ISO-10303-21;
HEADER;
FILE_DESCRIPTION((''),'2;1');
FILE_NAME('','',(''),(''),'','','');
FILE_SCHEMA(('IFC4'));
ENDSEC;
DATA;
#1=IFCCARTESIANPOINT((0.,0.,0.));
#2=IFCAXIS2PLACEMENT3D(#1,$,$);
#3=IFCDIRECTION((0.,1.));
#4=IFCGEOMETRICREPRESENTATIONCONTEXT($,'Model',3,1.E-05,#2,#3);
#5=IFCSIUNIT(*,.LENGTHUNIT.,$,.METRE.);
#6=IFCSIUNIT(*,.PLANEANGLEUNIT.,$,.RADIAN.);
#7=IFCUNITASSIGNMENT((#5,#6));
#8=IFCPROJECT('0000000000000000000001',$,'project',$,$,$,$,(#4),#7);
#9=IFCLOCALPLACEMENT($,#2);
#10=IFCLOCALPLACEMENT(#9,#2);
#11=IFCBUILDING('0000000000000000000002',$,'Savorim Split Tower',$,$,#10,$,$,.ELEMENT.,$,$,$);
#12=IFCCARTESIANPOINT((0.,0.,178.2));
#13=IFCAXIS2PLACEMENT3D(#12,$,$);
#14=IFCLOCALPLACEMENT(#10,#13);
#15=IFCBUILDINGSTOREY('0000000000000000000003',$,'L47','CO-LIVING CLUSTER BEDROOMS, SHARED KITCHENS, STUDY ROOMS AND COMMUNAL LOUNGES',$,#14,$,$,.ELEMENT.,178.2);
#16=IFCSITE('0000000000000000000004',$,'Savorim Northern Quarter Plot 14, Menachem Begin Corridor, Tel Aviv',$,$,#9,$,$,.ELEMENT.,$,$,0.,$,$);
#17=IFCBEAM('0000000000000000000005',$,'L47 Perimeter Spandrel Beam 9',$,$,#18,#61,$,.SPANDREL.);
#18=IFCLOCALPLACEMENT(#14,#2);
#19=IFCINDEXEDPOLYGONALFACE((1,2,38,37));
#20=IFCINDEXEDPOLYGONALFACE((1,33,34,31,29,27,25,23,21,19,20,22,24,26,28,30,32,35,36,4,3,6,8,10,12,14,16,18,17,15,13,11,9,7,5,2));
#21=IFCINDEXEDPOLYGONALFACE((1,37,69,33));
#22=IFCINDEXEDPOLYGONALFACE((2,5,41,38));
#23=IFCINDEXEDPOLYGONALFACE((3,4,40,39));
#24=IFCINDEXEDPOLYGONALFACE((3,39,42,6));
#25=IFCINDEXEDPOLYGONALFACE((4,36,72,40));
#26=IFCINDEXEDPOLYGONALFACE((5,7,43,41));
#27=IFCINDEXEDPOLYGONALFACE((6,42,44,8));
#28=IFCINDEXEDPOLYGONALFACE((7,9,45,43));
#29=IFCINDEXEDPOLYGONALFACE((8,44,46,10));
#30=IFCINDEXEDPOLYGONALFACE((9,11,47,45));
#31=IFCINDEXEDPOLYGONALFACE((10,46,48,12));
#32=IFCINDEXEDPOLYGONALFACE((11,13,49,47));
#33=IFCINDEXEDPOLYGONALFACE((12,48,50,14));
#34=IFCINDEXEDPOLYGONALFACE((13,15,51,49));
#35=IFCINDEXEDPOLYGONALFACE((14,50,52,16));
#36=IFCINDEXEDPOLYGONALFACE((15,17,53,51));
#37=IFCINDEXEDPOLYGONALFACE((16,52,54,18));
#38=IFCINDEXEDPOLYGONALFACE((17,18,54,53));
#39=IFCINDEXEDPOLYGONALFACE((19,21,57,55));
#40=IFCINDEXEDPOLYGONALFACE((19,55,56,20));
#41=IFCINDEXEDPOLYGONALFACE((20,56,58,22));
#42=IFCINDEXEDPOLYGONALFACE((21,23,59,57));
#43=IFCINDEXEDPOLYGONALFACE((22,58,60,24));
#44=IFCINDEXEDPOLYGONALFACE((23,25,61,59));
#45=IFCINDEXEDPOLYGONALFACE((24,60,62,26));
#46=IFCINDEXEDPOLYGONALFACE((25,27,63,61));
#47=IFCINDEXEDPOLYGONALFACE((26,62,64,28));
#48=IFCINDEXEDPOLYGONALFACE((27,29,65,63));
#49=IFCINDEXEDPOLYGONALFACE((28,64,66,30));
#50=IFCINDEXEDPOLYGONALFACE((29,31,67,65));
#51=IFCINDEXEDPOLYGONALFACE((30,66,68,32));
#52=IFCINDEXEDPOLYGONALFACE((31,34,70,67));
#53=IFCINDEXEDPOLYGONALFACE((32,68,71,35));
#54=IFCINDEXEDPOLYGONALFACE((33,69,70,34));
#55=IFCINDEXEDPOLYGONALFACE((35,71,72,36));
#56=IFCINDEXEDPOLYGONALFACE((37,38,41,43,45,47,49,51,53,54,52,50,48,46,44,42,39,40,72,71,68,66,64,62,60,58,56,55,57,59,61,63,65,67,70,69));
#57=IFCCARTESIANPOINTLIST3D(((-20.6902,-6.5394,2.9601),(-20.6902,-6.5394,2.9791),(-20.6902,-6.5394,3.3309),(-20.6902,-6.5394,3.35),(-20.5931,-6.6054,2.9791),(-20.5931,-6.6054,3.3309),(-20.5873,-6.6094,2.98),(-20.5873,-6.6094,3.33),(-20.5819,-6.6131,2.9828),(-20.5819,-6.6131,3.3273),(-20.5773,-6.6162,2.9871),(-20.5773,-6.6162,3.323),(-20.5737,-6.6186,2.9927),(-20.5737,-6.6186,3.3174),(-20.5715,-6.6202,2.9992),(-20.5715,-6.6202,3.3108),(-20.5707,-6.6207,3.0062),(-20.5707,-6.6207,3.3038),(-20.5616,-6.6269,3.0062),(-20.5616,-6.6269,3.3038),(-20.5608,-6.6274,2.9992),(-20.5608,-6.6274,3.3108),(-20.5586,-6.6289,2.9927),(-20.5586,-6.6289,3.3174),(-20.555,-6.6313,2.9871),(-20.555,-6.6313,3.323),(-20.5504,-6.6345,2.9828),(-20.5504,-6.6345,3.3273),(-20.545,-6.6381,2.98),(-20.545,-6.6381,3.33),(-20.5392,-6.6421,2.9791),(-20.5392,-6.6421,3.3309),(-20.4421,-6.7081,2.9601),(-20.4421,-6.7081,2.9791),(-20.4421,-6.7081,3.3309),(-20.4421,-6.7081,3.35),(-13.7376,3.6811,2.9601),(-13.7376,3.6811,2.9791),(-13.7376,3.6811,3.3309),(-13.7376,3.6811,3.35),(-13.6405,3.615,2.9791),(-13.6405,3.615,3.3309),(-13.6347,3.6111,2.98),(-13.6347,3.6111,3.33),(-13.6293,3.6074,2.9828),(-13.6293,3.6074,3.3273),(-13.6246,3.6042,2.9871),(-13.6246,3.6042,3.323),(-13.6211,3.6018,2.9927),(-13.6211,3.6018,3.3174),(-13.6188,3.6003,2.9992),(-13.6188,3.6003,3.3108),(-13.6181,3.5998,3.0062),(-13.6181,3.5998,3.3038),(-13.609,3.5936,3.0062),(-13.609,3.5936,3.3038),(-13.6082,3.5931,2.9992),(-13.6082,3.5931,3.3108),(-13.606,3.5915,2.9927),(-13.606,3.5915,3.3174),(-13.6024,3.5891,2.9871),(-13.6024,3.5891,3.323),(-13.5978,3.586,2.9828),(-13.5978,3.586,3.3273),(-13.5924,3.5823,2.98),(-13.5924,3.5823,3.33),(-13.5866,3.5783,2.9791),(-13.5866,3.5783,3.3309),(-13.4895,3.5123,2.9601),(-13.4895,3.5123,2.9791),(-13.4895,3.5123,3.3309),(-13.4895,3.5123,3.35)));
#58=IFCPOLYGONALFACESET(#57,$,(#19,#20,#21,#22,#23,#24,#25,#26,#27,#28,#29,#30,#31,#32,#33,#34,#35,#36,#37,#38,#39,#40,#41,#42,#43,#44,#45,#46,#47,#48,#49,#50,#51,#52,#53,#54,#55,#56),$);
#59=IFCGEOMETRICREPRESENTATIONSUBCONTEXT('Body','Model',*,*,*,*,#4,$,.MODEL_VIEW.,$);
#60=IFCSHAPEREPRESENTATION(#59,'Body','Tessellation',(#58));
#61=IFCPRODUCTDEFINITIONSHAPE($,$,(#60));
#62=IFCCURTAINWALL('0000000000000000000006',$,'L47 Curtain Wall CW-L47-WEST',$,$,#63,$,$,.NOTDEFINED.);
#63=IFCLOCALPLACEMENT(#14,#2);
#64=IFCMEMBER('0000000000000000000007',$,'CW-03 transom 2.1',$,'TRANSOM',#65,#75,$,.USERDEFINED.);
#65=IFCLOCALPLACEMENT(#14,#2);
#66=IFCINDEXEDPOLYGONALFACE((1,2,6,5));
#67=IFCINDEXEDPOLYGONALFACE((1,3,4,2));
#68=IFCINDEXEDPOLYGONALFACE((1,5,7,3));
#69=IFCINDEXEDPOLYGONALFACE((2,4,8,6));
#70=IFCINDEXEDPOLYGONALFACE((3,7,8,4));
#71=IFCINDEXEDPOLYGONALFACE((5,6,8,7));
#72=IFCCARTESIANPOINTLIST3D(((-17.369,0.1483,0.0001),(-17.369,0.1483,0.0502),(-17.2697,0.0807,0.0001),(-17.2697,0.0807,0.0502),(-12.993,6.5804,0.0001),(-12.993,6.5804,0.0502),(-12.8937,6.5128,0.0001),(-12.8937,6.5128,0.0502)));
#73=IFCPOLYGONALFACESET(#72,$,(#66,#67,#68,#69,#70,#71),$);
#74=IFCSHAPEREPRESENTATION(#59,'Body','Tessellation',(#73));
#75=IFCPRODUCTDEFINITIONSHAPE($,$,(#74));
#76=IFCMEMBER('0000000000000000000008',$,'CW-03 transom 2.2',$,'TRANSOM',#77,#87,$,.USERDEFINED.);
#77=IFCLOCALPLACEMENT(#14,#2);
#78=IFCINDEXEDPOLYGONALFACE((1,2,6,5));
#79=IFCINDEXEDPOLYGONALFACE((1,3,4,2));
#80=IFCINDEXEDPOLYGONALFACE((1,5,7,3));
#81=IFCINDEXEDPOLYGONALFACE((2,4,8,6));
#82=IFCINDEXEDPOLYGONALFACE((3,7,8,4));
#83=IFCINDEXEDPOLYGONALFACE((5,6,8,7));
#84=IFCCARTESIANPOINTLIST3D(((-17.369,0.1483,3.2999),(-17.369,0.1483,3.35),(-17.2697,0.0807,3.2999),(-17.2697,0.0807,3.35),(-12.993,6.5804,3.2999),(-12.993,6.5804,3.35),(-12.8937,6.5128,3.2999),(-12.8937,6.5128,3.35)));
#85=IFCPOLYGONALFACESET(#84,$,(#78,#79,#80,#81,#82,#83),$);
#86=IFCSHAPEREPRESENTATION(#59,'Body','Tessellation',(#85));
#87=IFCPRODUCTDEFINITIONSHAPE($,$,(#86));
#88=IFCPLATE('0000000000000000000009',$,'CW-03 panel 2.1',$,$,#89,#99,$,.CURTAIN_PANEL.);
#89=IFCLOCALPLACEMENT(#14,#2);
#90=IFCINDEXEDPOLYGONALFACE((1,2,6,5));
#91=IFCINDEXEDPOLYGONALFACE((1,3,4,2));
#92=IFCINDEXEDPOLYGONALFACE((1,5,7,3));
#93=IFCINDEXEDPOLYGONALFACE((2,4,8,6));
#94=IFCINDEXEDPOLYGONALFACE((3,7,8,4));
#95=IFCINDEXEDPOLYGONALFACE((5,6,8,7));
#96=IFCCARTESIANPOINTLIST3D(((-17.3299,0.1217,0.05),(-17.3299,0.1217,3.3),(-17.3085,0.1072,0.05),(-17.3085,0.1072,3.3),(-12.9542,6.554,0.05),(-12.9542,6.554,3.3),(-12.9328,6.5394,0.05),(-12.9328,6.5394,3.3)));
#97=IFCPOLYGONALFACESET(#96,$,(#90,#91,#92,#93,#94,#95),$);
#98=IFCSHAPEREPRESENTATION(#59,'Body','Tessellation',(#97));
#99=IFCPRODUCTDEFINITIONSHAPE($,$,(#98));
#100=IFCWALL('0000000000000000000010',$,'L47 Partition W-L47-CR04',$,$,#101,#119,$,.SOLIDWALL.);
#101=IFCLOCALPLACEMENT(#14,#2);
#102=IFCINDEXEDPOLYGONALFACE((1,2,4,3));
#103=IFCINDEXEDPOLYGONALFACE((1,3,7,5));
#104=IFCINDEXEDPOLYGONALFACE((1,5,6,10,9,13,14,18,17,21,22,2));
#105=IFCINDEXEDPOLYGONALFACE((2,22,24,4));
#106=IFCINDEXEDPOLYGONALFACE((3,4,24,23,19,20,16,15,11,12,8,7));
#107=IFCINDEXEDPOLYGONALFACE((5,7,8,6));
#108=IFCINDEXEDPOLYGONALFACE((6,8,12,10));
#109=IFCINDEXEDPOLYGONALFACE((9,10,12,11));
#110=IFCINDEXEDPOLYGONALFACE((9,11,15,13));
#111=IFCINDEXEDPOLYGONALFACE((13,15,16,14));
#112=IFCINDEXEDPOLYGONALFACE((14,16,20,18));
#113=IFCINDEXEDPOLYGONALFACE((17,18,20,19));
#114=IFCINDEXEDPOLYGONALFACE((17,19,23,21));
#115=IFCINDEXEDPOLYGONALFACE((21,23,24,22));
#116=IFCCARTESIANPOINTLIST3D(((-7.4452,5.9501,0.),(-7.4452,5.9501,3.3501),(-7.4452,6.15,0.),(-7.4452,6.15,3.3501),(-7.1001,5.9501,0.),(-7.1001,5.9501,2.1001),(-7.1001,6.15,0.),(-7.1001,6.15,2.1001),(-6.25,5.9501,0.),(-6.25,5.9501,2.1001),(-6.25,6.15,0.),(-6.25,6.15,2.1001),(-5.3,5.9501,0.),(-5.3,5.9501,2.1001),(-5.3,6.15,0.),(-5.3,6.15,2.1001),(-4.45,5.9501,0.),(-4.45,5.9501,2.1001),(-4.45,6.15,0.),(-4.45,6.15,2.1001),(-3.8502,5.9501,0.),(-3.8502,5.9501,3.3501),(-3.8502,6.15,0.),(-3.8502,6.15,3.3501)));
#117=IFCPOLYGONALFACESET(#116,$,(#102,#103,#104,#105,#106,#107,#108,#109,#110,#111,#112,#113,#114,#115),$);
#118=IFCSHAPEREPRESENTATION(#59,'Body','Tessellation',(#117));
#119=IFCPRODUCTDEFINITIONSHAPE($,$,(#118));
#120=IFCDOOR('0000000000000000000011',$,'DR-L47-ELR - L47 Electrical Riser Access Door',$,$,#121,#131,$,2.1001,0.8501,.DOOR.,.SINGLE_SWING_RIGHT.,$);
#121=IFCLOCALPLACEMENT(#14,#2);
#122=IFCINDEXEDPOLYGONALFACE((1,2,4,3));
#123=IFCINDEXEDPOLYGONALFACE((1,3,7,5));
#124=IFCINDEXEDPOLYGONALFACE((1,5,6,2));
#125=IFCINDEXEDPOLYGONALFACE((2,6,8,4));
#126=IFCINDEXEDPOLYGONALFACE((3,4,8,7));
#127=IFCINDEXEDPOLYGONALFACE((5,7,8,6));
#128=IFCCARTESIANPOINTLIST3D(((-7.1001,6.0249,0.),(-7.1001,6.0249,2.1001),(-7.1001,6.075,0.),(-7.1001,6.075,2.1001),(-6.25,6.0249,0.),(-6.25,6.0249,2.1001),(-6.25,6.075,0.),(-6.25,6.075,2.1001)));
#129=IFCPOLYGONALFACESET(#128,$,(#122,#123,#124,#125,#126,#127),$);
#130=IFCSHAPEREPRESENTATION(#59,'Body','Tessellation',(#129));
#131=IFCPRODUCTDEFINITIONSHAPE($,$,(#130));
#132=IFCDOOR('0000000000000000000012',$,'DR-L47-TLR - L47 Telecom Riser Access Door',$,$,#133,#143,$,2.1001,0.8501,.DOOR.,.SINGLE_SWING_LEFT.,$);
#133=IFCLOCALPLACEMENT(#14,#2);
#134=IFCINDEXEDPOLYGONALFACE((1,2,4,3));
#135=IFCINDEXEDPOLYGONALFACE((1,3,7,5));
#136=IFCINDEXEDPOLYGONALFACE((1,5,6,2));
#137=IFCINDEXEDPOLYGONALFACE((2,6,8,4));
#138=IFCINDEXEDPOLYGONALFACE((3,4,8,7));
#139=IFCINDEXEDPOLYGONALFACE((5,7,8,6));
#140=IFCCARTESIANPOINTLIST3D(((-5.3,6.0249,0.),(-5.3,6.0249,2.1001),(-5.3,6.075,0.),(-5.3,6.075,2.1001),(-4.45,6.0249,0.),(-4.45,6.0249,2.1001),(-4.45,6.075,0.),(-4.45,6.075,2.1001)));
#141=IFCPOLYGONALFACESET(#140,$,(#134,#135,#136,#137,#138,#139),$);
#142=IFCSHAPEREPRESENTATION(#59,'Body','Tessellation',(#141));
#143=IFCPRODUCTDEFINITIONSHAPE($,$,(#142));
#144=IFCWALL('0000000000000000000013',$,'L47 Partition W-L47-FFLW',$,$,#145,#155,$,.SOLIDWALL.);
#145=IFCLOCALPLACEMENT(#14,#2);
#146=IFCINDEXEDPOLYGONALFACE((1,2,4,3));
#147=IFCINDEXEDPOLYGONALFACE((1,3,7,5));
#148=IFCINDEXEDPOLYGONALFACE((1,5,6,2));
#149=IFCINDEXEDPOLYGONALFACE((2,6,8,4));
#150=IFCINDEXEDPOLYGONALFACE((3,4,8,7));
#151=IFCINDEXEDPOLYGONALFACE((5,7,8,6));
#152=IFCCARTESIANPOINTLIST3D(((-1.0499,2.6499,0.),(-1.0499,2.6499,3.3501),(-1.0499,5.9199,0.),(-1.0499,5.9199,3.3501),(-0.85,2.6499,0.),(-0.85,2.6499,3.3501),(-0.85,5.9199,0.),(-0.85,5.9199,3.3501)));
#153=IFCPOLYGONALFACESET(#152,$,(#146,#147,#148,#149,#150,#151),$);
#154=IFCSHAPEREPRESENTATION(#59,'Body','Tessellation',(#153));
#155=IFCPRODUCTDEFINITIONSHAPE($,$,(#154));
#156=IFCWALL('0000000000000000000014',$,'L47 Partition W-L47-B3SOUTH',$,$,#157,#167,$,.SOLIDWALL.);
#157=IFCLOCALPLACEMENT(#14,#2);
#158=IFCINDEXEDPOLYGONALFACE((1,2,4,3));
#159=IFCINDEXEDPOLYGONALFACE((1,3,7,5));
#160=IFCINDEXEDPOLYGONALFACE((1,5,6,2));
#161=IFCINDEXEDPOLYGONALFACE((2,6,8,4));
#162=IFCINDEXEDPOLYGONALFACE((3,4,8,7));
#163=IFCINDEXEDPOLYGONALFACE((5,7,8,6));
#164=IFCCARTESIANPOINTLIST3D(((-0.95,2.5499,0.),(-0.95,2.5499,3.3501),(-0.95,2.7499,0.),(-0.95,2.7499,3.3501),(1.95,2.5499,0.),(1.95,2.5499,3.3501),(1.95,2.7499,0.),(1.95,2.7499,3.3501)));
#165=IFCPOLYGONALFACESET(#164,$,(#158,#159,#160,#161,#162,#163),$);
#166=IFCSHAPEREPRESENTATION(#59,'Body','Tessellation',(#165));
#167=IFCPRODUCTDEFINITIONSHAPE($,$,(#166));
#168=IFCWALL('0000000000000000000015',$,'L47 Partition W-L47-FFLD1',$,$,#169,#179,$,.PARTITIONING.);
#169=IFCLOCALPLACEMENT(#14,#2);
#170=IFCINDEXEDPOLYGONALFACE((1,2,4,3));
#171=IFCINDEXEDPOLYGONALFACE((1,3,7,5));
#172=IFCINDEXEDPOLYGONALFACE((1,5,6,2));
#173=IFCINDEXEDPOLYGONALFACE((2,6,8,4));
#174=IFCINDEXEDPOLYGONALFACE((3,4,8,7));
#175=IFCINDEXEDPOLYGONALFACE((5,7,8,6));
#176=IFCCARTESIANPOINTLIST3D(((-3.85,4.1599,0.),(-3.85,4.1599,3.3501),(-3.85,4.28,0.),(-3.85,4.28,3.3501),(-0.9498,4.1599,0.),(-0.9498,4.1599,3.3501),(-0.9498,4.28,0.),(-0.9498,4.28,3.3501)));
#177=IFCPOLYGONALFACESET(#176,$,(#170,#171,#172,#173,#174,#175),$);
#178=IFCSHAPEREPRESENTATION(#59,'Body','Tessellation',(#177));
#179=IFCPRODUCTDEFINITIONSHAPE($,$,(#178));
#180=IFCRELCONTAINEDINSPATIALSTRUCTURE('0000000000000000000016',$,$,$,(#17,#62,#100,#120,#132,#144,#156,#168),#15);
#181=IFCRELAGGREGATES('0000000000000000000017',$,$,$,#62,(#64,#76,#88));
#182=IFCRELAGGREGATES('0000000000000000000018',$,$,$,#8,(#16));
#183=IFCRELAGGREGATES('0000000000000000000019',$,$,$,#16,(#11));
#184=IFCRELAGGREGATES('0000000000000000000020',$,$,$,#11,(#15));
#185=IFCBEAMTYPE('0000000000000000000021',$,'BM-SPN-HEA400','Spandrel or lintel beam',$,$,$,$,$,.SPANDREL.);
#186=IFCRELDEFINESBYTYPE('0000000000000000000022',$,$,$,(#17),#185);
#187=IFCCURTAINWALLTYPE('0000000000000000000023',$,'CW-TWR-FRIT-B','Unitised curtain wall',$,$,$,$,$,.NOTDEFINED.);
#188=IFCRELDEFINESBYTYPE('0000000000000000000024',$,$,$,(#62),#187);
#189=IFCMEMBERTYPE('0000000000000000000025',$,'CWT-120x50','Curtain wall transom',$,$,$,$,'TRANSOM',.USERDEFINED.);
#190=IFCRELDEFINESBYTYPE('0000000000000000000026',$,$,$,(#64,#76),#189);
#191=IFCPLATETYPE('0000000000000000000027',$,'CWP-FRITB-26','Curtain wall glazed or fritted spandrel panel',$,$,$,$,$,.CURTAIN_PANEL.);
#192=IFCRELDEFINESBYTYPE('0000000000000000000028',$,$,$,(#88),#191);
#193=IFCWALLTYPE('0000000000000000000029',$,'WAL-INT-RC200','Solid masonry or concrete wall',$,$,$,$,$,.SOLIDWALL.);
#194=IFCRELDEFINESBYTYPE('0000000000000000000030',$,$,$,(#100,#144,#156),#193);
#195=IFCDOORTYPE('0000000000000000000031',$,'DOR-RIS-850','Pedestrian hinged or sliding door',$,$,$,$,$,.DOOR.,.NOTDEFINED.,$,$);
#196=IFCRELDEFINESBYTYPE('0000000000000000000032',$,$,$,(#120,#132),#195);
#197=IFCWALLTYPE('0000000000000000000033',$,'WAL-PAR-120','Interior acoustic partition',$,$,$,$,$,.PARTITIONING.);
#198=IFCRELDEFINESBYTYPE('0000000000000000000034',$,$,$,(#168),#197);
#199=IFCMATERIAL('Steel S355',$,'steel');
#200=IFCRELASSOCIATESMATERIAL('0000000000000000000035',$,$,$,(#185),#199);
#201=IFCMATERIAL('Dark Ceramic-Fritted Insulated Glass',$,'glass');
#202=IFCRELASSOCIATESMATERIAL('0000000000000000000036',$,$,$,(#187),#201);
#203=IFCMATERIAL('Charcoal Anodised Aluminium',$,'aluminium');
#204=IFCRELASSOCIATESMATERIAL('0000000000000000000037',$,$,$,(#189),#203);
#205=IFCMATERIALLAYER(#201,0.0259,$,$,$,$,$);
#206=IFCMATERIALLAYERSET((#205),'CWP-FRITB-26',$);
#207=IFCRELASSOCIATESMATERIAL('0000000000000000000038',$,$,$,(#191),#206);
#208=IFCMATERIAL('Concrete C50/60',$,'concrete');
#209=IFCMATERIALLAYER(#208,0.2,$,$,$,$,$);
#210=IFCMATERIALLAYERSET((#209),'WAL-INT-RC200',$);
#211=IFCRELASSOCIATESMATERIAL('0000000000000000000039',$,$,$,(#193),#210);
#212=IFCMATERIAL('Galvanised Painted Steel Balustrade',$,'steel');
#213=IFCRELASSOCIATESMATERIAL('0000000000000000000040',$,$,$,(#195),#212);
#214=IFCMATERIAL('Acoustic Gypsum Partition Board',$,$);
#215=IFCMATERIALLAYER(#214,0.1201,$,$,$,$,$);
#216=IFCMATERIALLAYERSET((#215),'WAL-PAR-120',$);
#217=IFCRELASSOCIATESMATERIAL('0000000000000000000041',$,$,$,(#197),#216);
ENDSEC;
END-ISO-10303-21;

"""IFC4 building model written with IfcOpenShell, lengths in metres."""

from ifc_helpers import new_model, si_unit, direction, frame, frame_2d, origin, origin_2d, place, context, subcontext, project, spatial, rectangle, i_section, extrude, material, layer, layer_set, material_profile, profile_set, type_object, element, fill, aggregate, save


model = new_model("IFC4")

# Units and contexts
model_context = context("Model", 3, precision=1e-05, world=origin(), true_north=direction((0.0, 1.0)))
body_context = subcontext(model_context, "Body", "Model", "MODEL_VIEW")
ifc_project = project(units=[si_unit("LENGTHUNIT", "METRE"), si_unit("PLANEANGLEUNIT", "RADIAN")], contexts=[model_context])

# Site, building, storey
site_placement = place(None, origin())
site = spatial("IfcSite", under=ifc_project, at=site_placement, Name="Savorim Northern Quarter Plot 14, Menachem Begin Corridor, Tel Aviv", CompositionType="ELEMENT", RefElevation=0.0)
building_placement = place(site_placement, origin())
building = spatial("IfcBuilding", under=site, at=building_placement, Name="Savorim Split Tower", CompositionType="ELEMENT")
storey_placement = place(building_placement, frame((0.0, 0.0, 178.2)))
storey = spatial("IfcBuildingStorey", under=building, at=storey_placement, Name="L47", Description="CO-LIVING CLUSTER BEDROOMS, SHARED KITCHENS, STUDY ROOMS AND COMMUNAL LOUNGES", CompositionType="ELEMENT", Elevation=178.2)

# Beam
ifc_material_1 = material(Name="Steel S355", Category="steel")
ifc_material_profile_1 = material_profile(ifc_material_1, i_section(OverallWidth=0.3, OverallDepth=0.3899, WebThickness=0.011, FlangeThickness=0.019, FilletRadius=0.0271, at=origin_2d()), Name="HEA 400")
ifc_profile_set_1 = profile_set([ifc_material_profile_1], Name="Steel S355")
beam_type_1 = type_object("IfcBeamType", Name="BM-SPN-HEA400", Description="Spandrel or lintel beam", PredefinedType="SPANDREL", material=ifc_profile_set_1)
beam_1_placement = place(storey_placement, frame((-13.6135, 3.5967, 3.155), z_axis=(-0.562461, -0.826824, 0.0), x_axis=(0.826824, -0.562461, 0.0)))
element("IfcBeam", 1, at=beam_1_placement, inside=storey, type_object=beam_type_1, Name="L47 Perimeter Spandrel Beam 9", PredefinedType="SPANDREL", context=body_context, shape_type="SweptSolid", body=[
    extrude(i_section(OverallWidth=0.3, OverallDepth=0.3899, WebThickness=0.011, FlangeThickness=0.019, FilletRadius=0.0271, at=origin_2d()), origin(), (0.0, 0.0, 1.0), 12.3611),
])

# Curtain wall, members, plate
ifc_material_2 = material(Name="Dark Ceramic-Fritted Insulated Glass", Category="glass")
curtain_wall_type = type_object("IfcCurtainWallType", Name="CW-TWR-FRIT-B", Description="Unitised curtain wall", PredefinedType="NOTDEFINED", material=ifc_material_2)
curtain_wall_placement = place(storey_placement, origin())
curtain_wall = element("IfcCurtainWall", 2, at=curtain_wall_placement, inside=storey, type_object=curtain_wall_type, Name="L47 Curtain Wall CW-L47-WEST", PredefinedType="NOTDEFINED")
ifc_material_3 = material(Name="Charcoal Anodised Aluminium", Category="aluminium")
ifc_material_profile_2 = material_profile(ifc_material_3, rectangle(XDim=0.1201, YDim=0.05, at=origin_2d()), Name="ALU-T 120x50")
ifc_profile_set_2 = profile_set([ifc_material_profile_2], Name="Charcoal Anodised Aluminium")
member_type = type_object("IfcMemberType", Name="CWT-120x50", Description="Curtain wall transom", ElementType="TRANSOM", PredefinedType="USERDEFINED", material=ifc_profile_set_2)
member_1_placement = place(storey_placement, frame((-12.9434, 6.5466, 0.0251), z_axis=(-0.562497, -0.826799, 0.0), x_axis=(0.826799, -0.562497, 0.0)))
member_1 = element("IfcMember", 3, at=member_1_placement, type_object=member_type, Name="CW-03 transom 2.1", ObjectType="TRANSOM", PredefinedType="USERDEFINED", context=body_context, shape_type="SweptSolid", body=[
    extrude(rectangle(XDim=0.1201, YDim=0.05, at=origin_2d()), origin(), (0.0, 0.0, 1.0), 7.7795),
])
member_2_placement = place(storey_placement, frame((-12.9434, 6.5466, 3.325), z_axis=(-0.562497, -0.826799, 0.0), x_axis=(0.826799, -0.562497, 0.0)))
member_2 = element("IfcMember", 4, at=member_2_placement, type_object=member_type, Name="CW-03 transom 2.2", ObjectType="TRANSOM", PredefinedType="USERDEFINED", context=body_context, shape_type="SweptSolid", body=[
    extrude(rectangle(XDim=0.1201, YDim=0.05, at=origin_2d()), origin(), (0.0, 0.0, 1.0), 7.7795),
])
ifc_layer_1 = layer(ifc_material_2, 0.0259)
ifc_layer_set_1 = layer_set([ifc_layer_1], Name="CWP-FRITB-26")
plate_type = type_object("IfcPlateType", Name="CWP-FRITB-26", Description="Curtain wall glazed or fritted spandrel panel", PredefinedType="CURTAIN_PANEL", material=ifc_layer_set_1)
plate_placement = place(storey_placement, frame((-15.1313, 3.3306, 0.05), z_axis=(0.0, 0.0, 1.0), x_axis=(-0.562468, -0.826819, 0.0)))
plate = element("IfcPlate", 5, at=plate_placement, type_object=plate_type, Name="CW-03 panel 2.1", PredefinedType="CURTAIN_PANEL", context=body_context, shape_type="SweptSolid", body=[
    extrude(rectangle(XDim=7.7795, YDim=0.0259, at=origin_2d()), origin(), (0.0, 0.0, 1.0), 3.25),
])
aggregate(curtain_wall, [member_1, member_2, plate])

# Wall, openings, doors
ifc_material_4 = material(Name="Concrete C50/60", Category="concrete")
ifc_layer_2 = layer(ifc_material_4, 0.2)
ifc_layer_set_2 = layer_set([ifc_layer_2], Name="WAL-INT-RC200")
wall_type_1 = type_object("IfcWallType", Name="WAL-INT-RC200", Description="Solid masonry or concrete wall", PredefinedType="SOLIDWALL", material=ifc_layer_set_2)
wall_1_placement = place(storey_placement, frame((-7.4451, 6.05, 0.0), z_axis=(0.0, 0.0, 1.0), x_axis=(1.0, 0.0, 0.0)))
wall_1 = element("IfcWall", 6, at=wall_1_placement, inside=storey, type_object=wall_type_1, Name="L47 Partition W-L47-CR04", PredefinedType="SOLIDWALL", context=body_context, shape_type="SweptSolid", body=[
    extrude(rectangle(XDim=3.595, YDim=0.2, at=frame_2d((1.7974, 0.0))), origin(), (0.0, 0.0, 1.0), 3.3501),
])
opening_1_placement = place(wall_1_placement, frame((0.345, 0.0, 0.0)))
opening_1 = element("IfcOpeningElement", 7, at=opening_1_placement, cuts=wall_1, PredefinedType="OPENING", context=body_context, shape_type="SweptSolid", body=[
    extrude(rectangle(XDim=0.8501, YDim=2.1001, at=frame_2d((0.425, 1.05))), frame((0.0, 0.1099, 0.0), z_axis=(0.0, -1.0, 0.0), x_axis=(1.0, 0.0, 0.0)), (0.0, 0.0, 1.0), 0.22),
])
opening_2_placement = place(wall_1_placement, frame((2.145, 0.0, 0.0)))
opening_2 = element("IfcOpeningElement", 8, at=opening_2_placement, cuts=wall_1, PredefinedType="OPENING", context=body_context, shape_type="SweptSolid", body=[
    extrude(rectangle(XDim=0.8501, YDim=2.1001, at=frame_2d((0.425, 1.05))), frame((0.0, 0.1099, 0.0), z_axis=(0.0, -1.0, 0.0), x_axis=(1.0, 0.0, 0.0)), (0.0, 0.0, 1.0), 0.22),
])
ifc_material_5 = material(Name="Galvanised Painted Steel Balustrade", Category="steel")
door_type = type_object("IfcDoorType", Name="DOR-RIS-850", Description="Pedestrian hinged or sliding door", OperationType="NOTDEFINED", PredefinedType="DOOR", material=ifc_material_5)
door_1_placement = place(opening_1_placement, origin())
door_1 = element("IfcDoor", 9, at=door_1_placement, inside=storey, type_object=door_type, Name="DR-L47-ELR - L47 Electrical Riser Access Door", OperationType="SINGLE_SWING_RIGHT", OverallHeight=2.1001, OverallWidth=0.8501, PredefinedType="DOOR", context=body_context, shape_type="SweptSolid", body=[
    extrude(rectangle(XDim=0.8501, YDim=2.1001, at=frame_2d((0.425, 1.05))), frame((0.0, 0.0249, 0.0), z_axis=(0.0, -1.0, 0.0), x_axis=(1.0, 0.0, 0.0)), (0.0, 0.0, 1.0), 0.05),
])
fill(opening_1, door_1)
door_2_placement = place(opening_2_placement, origin())
door_2 = element("IfcDoor", 10, at=door_2_placement, inside=storey, type_object=door_type, Name="DR-L47-TLR - L47 Telecom Riser Access Door", OperationType="SINGLE_SWING_LEFT", OverallHeight=2.1001, OverallWidth=0.8501, PredefinedType="DOOR", context=body_context, shape_type="SweptSolid", body=[
    extrude(rectangle(XDim=0.8501, YDim=2.1001, at=frame_2d((0.425, 1.05))), frame((0.0, 0.0249, 0.0), z_axis=(0.0, -1.0, 0.0), x_axis=(1.0, 0.0, 0.0)), (0.0, 0.0, 1.0), 0.05),
])
fill(opening_2, door_2)

# Walls
wall_2_placement = place(storey_placement, frame((-0.95, 2.6499, 0.0), z_axis=(0.0, 0.0, 1.0), x_axis=(0.0, 1.0, 0.0)))
element("IfcWall", 11, at=wall_2_placement, inside=storey, type_object=wall_type_1, Name="L47 Partition W-L47-FFLW", PredefinedType="SOLIDWALL", context=body_context, shape_type="SweptSolid", body=[
    extrude(rectangle(XDim=3.27, YDim=0.2, at=frame_2d((1.635, 0.0))), origin(), (0.0, 0.0, 1.0), 3.3501),
])
wall_3_placement = place(storey_placement, frame((-0.95, 2.6499, 0.0), z_axis=(0.0, 0.0, 1.0), x_axis=(1.0, 0.0, 0.0)))
element("IfcWall", 12, at=wall_3_placement, inside=storey, type_object=wall_type_1, Name="L47 Partition W-L47-B3SOUTH", PredefinedType="SOLIDWALL", context=body_context, shape_type="SweptSolid", body=[
    extrude(rectangle(XDim=2.8999, YDim=0.2, at=frame_2d((1.45, 0.0))), origin(), (0.0, 0.0, 1.0), 3.3501),
])
ifc_material_6 = material(Name="Acoustic Gypsum Partition Board")
ifc_layer_3 = layer(ifc_material_6, 0.1201)
ifc_layer_set_3 = layer_set([ifc_layer_3], Name="WAL-PAR-120")
wall_type_2 = type_object("IfcWallType", Name="WAL-PAR-120", Description="Interior acoustic partition", PredefinedType="PARTITIONING", material=ifc_layer_set_3)
wall_4_placement = place(storey_placement, frame((-3.8501, 4.22, 0.0), z_axis=(0.0, 0.0, 1.0), x_axis=(1.0, 0.0, 0.0)))
element("IfcWall", 13, at=wall_4_placement, inside=storey, type_object=wall_type_2, Name="L47 Partition W-L47-FFLD1", PredefinedType="PARTITIONING", context=body_context, shape_type="SweptSolid", body=[
    extrude(rectangle(XDim=2.9001, YDim=0.1201, at=frame_2d((1.4502, 0.0))), origin(), (0.0, 0.0, 1.0), 3.3501),
])

save(model, "model.ifc")
